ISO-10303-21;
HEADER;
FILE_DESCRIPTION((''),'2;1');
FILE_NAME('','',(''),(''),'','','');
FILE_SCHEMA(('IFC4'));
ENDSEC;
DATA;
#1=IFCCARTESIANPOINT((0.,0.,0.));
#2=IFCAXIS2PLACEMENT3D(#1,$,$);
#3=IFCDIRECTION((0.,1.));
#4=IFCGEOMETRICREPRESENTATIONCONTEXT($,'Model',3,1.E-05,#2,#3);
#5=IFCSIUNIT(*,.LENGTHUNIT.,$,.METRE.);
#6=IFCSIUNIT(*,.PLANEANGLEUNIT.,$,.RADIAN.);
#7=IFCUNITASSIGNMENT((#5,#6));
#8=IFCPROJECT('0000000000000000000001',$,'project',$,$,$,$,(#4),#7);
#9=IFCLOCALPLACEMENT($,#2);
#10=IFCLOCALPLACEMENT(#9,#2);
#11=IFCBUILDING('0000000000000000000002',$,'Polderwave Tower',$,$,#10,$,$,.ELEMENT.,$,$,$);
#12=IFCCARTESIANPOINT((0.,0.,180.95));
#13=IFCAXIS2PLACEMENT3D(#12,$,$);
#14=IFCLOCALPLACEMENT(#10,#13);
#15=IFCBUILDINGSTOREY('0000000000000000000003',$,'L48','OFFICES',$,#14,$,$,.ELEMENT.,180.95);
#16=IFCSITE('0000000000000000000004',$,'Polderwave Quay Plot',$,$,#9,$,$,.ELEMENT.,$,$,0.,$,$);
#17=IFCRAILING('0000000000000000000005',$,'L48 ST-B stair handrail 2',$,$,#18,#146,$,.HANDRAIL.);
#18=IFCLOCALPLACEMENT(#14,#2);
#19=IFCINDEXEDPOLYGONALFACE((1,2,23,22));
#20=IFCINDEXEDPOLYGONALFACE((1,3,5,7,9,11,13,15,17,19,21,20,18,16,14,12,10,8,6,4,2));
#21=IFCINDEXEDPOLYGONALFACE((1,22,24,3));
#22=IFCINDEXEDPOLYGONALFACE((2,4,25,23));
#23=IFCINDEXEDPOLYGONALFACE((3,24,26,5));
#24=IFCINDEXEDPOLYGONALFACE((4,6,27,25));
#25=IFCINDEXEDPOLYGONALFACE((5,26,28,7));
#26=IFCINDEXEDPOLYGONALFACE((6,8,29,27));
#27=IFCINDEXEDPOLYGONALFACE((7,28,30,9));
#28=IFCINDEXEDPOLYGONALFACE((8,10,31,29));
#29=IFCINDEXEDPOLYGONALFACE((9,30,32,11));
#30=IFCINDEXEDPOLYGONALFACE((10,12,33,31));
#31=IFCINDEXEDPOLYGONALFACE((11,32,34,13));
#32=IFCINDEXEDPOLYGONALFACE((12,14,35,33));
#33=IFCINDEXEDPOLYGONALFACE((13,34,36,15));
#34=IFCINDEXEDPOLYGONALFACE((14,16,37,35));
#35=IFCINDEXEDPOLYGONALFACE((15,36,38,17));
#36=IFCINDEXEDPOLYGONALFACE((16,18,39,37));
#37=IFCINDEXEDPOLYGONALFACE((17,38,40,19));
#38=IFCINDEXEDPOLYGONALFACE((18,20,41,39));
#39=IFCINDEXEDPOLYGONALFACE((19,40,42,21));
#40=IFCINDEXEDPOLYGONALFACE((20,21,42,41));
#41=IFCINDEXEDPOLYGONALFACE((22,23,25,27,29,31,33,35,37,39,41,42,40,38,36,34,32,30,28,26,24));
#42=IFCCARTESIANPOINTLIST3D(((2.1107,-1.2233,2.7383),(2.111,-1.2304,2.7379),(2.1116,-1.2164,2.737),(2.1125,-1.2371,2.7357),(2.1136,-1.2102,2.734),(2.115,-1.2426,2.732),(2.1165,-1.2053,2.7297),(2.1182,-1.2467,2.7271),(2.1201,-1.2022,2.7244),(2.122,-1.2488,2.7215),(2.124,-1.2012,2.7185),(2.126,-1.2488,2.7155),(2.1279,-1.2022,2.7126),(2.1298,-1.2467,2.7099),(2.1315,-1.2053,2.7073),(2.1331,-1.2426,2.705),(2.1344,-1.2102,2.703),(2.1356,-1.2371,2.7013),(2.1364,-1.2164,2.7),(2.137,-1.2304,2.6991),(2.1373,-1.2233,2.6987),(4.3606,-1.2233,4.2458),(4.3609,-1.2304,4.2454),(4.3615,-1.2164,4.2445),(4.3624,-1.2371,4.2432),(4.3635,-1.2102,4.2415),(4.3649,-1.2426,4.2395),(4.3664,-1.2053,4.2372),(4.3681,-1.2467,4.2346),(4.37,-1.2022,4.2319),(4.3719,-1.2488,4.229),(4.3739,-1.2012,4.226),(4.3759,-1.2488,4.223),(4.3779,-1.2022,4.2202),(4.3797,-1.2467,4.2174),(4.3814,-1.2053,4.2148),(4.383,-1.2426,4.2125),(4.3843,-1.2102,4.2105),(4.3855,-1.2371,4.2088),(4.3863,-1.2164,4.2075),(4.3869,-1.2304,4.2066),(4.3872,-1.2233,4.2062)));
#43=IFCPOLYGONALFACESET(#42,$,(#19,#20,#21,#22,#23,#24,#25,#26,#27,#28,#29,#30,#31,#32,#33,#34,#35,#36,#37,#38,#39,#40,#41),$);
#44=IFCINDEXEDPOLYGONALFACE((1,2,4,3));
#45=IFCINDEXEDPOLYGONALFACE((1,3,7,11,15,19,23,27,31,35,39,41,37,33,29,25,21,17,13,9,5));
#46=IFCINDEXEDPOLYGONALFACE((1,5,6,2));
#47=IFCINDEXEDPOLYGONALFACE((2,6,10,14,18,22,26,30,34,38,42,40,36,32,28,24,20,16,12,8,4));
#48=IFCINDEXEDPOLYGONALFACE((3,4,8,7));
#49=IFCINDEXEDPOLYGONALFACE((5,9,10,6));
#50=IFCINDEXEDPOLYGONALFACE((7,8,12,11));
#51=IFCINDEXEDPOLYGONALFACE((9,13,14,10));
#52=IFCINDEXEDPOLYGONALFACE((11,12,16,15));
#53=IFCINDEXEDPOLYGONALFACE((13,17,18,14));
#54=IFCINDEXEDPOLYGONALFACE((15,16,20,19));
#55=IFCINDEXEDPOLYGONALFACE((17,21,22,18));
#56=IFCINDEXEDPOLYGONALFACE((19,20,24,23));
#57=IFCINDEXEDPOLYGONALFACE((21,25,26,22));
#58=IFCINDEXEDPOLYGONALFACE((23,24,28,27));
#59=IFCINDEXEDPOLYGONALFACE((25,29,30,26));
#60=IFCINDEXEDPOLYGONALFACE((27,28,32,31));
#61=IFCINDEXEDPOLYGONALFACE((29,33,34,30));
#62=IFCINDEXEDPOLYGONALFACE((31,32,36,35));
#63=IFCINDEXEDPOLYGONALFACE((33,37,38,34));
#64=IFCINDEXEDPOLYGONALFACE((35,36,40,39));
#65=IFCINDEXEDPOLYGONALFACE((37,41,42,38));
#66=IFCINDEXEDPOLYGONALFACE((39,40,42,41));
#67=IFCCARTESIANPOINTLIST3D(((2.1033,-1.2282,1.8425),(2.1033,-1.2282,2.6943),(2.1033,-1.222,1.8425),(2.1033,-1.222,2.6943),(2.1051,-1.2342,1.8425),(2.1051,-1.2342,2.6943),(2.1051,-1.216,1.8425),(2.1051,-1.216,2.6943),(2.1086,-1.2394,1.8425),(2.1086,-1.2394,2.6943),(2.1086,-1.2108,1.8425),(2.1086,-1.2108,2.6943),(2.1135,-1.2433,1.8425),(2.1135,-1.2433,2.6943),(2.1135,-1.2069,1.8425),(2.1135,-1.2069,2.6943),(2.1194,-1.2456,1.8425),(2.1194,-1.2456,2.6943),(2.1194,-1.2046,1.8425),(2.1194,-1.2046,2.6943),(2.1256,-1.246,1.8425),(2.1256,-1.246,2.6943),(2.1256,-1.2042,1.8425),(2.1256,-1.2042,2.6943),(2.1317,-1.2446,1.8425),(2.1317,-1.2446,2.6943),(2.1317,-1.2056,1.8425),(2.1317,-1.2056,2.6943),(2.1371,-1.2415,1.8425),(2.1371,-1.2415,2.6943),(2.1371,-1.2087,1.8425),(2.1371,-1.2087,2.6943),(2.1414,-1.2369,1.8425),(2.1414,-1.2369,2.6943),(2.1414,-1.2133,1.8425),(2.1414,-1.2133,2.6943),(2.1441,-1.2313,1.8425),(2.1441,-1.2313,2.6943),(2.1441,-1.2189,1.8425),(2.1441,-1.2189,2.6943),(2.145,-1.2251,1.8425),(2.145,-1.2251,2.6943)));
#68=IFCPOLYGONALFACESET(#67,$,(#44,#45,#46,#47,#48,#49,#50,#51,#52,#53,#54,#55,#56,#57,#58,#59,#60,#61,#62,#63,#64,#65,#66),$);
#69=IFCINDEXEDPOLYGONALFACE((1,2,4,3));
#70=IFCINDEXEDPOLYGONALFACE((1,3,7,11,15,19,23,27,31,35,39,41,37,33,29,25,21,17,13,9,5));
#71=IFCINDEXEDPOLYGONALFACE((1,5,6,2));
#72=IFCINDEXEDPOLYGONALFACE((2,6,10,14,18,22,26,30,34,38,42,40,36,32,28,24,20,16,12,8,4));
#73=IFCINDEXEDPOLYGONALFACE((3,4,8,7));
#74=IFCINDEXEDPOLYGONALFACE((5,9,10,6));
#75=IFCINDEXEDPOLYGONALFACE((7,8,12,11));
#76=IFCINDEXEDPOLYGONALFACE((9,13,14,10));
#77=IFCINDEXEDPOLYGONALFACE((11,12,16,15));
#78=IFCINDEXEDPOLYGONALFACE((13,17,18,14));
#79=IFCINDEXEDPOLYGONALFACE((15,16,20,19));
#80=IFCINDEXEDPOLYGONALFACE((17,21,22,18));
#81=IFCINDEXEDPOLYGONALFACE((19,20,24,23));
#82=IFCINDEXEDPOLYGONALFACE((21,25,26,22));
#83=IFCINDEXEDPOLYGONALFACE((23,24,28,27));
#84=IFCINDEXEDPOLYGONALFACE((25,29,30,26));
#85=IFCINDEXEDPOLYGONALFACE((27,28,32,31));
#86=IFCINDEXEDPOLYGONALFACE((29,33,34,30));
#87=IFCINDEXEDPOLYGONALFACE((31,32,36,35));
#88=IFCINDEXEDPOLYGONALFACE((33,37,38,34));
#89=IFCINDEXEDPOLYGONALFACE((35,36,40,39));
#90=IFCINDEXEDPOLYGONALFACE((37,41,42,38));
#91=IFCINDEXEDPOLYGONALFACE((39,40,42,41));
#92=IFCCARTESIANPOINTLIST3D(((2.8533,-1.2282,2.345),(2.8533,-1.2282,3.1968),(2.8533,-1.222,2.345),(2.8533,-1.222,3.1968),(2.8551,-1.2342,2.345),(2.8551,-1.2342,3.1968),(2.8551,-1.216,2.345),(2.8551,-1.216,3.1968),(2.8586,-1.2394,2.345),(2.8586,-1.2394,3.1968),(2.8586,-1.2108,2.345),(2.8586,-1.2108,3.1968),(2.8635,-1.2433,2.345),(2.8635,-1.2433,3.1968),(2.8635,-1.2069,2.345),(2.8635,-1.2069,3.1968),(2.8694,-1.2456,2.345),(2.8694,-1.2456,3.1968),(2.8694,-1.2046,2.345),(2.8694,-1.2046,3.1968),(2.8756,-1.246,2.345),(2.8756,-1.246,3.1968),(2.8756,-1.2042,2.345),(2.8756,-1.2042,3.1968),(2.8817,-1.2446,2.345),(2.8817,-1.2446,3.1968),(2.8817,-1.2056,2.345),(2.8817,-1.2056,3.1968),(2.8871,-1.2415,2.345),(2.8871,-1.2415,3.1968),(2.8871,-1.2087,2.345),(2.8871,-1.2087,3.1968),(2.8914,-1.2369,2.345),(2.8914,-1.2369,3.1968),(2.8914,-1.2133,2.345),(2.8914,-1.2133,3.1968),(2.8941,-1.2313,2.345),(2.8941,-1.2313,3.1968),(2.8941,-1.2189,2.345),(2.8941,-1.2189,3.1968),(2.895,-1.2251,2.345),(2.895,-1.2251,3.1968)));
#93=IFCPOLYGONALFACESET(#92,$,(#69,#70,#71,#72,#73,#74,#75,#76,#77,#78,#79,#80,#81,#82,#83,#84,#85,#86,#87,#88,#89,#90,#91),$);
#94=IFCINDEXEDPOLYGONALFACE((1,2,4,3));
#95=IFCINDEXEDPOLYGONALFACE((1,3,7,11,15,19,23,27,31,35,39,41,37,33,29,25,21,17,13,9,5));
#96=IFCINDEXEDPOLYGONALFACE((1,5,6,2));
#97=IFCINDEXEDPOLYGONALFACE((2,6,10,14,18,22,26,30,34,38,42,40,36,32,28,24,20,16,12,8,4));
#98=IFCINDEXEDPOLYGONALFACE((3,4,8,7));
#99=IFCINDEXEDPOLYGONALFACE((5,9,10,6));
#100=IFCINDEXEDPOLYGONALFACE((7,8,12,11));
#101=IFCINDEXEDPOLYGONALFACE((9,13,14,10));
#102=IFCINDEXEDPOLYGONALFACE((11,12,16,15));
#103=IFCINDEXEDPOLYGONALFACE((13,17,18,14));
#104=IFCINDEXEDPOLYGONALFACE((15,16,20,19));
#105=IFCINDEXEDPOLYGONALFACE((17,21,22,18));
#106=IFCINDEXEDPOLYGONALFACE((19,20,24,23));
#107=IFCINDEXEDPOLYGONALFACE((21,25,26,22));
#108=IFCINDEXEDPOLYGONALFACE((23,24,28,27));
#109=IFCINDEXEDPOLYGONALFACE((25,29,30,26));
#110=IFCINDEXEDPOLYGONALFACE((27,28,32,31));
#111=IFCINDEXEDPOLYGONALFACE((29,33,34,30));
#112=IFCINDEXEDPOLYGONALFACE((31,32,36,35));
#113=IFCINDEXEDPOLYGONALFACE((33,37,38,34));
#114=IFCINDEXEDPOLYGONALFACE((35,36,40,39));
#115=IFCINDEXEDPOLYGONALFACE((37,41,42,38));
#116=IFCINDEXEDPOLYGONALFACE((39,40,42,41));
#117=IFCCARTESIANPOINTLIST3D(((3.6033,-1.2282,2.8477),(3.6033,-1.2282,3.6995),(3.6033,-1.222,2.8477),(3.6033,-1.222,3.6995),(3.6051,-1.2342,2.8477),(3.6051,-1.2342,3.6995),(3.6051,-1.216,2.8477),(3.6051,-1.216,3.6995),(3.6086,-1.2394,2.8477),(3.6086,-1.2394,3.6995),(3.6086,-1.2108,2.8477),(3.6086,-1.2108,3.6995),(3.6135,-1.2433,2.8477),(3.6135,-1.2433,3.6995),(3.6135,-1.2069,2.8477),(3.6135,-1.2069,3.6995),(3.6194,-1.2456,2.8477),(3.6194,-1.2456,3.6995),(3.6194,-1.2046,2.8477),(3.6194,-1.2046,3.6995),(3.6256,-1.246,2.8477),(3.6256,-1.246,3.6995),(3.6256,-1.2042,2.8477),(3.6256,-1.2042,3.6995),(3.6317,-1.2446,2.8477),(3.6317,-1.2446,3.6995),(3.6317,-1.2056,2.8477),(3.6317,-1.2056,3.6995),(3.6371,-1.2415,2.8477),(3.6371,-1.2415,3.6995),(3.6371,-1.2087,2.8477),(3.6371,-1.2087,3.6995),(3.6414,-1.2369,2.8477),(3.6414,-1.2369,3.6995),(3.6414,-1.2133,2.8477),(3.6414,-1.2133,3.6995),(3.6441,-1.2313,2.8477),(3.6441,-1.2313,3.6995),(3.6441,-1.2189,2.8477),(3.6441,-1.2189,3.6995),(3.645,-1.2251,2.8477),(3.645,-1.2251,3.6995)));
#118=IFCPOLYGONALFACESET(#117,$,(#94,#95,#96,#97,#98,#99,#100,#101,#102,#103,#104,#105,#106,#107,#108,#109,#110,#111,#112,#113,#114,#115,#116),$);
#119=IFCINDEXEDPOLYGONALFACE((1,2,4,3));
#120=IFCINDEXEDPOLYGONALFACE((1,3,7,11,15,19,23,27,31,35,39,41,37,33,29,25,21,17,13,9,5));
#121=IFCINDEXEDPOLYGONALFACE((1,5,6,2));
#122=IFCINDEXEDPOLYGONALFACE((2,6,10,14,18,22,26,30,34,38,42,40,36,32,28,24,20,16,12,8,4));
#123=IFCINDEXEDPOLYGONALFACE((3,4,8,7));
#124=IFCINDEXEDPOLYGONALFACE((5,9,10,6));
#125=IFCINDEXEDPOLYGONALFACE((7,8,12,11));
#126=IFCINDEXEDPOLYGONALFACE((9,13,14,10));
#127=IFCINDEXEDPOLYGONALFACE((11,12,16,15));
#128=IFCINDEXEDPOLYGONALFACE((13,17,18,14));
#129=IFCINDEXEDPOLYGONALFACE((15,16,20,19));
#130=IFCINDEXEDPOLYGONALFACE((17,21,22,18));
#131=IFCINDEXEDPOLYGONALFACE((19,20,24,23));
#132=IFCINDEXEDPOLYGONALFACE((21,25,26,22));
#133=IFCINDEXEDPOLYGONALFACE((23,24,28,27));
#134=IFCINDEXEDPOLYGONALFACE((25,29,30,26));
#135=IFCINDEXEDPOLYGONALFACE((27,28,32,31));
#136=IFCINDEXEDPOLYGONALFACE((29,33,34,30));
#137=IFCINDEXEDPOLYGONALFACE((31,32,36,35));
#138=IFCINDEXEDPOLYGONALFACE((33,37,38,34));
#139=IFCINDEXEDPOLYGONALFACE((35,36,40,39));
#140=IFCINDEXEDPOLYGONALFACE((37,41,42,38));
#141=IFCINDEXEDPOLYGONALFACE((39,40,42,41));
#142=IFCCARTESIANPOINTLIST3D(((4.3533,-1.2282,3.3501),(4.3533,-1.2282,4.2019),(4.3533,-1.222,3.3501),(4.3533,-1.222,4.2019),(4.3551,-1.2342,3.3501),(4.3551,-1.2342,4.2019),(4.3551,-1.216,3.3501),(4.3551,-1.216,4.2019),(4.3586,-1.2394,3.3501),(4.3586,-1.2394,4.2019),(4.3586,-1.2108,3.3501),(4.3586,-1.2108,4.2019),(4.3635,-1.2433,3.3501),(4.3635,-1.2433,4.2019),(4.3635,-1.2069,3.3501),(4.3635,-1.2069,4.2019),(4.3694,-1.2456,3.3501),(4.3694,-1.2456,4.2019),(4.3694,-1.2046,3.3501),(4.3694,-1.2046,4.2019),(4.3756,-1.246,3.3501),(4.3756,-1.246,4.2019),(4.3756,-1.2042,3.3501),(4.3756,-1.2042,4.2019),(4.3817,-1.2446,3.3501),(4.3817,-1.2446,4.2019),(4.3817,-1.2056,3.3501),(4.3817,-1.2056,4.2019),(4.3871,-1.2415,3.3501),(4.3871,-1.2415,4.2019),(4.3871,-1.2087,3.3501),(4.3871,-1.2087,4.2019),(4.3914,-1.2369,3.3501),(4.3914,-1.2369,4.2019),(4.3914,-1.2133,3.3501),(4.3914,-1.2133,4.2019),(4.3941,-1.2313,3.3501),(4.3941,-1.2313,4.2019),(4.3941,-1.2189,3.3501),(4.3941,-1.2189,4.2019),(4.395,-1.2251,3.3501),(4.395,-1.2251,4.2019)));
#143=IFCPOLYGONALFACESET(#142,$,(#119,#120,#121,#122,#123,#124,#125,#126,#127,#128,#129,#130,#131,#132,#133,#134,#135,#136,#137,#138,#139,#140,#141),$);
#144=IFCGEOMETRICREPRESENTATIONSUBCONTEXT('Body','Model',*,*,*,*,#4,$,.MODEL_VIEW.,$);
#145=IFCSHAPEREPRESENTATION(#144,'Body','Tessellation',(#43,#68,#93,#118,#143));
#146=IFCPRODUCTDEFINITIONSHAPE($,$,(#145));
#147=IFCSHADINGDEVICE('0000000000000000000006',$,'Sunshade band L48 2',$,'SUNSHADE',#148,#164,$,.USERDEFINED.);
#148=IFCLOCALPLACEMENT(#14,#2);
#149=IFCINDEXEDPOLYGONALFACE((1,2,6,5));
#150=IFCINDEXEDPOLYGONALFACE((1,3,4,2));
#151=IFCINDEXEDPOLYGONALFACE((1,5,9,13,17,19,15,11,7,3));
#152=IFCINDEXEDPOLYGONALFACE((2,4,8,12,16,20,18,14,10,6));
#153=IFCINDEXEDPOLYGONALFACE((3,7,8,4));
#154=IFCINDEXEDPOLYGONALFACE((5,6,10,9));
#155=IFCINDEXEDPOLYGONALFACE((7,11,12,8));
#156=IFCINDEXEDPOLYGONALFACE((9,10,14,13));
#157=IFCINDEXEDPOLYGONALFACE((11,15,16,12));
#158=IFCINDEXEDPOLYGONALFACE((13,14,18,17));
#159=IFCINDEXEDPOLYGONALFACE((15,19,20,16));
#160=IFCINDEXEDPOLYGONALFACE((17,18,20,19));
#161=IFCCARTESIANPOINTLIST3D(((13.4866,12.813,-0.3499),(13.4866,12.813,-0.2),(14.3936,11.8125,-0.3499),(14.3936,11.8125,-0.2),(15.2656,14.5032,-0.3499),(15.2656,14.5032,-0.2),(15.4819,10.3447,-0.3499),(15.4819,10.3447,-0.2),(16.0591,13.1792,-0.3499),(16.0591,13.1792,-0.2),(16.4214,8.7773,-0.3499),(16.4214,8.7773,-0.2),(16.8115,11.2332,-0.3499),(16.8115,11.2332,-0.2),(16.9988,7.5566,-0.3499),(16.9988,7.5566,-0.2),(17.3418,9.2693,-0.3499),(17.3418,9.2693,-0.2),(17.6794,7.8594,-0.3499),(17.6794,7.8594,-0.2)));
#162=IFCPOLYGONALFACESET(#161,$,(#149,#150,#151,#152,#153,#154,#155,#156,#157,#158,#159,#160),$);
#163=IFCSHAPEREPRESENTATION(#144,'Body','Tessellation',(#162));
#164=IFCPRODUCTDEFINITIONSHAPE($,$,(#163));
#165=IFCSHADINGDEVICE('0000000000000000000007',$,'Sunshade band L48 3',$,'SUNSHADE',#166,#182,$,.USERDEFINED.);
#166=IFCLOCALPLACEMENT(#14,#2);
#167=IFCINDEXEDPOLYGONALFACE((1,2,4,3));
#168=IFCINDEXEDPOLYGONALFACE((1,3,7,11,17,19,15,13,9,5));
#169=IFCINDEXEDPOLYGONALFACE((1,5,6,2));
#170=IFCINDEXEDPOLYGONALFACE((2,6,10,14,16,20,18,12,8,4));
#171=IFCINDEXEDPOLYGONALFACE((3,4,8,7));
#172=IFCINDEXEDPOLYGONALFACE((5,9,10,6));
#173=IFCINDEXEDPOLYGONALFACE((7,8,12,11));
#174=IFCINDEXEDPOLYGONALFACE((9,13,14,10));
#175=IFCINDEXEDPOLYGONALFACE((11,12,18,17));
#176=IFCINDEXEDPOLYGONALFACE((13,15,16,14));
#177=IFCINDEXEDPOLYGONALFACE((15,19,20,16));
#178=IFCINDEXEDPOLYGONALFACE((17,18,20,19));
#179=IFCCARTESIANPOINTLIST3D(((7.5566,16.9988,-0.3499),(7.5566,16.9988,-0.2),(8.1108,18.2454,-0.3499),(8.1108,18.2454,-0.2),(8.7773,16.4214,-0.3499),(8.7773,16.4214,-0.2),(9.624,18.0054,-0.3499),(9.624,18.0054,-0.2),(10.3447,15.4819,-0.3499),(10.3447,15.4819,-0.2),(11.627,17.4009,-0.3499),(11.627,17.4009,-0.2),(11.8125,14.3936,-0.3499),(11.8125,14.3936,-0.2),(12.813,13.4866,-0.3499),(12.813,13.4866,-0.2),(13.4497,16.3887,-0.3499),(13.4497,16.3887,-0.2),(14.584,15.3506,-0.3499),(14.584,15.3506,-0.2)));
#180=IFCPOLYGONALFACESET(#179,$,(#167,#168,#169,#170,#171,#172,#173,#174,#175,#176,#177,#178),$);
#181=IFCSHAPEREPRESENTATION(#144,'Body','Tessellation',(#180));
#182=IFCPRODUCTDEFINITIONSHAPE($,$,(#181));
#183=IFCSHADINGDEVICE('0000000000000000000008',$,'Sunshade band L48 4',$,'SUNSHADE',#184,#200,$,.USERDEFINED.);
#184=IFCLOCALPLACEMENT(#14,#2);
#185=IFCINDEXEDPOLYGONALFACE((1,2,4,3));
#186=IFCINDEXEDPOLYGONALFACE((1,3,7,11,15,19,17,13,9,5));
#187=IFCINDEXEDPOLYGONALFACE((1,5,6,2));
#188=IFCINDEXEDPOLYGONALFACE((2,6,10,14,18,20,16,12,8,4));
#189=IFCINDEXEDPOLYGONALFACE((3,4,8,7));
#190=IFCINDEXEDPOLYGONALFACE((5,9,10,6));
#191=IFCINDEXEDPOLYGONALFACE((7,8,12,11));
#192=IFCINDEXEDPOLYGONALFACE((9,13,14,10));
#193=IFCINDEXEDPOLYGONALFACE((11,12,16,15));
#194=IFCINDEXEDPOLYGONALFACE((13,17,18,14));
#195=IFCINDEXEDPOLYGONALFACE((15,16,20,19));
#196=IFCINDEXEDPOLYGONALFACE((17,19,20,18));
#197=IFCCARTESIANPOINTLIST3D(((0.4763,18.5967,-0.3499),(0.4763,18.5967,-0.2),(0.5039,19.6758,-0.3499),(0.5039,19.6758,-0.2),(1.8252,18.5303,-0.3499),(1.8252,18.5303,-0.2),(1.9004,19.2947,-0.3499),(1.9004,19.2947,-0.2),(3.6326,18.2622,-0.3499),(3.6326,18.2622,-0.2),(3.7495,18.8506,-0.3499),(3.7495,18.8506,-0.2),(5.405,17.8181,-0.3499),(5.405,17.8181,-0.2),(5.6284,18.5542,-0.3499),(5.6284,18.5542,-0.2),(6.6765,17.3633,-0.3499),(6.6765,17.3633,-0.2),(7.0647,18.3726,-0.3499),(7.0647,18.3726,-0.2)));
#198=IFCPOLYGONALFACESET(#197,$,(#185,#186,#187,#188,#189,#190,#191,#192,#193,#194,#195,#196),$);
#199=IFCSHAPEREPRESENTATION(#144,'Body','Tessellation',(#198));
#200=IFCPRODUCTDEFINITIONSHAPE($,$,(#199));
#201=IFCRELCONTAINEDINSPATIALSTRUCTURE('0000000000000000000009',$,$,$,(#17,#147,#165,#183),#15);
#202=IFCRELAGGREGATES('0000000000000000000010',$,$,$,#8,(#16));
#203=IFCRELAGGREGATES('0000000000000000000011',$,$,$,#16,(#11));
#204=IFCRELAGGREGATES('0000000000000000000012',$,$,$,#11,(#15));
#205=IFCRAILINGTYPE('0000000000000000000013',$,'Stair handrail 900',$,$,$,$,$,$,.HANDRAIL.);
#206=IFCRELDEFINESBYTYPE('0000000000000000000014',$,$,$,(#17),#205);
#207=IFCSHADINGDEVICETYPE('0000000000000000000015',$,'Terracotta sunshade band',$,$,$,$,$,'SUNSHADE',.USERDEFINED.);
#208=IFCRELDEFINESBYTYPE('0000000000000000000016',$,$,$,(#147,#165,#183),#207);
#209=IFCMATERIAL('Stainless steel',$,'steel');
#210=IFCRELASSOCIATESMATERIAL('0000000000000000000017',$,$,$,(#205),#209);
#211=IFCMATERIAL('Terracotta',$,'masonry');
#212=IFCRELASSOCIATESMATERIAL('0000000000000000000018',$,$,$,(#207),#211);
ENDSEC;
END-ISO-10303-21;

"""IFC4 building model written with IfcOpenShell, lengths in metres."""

from ifc_helpers import new_model, si_unit, direction, frame, origin, origin_2d, place, context, subcontext, project, spatial, polyline, circle, outline, extrude, material, type_object, element, save


model = new_model("IFC4")

# Units and contexts
model_context = context("Model", 3, precision=1e-05, world=origin(), true_north=direction((0.0, 1.0)))
body_context = subcontext(model_context, "Body", "Model", "MODEL_VIEW")
ifc_project = project(units=[si_unit("LENGTHUNIT", "METRE"), si_unit("PLANEANGLEUNIT", "RADIAN")], contexts=[model_context])

# Site, building, storey
site_placement = place(None, origin())
site = spatial("IfcSite", under=ifc_project, at=site_placement, Name="Polderwave Quay Plot", CompositionType="ELEMENT", RefElevation=0.0)
building_placement = place(site_placement, origin())
building = spatial("IfcBuilding", under=site, at=building_placement, Name="Polderwave Tower", CompositionType="ELEMENT")
storey_placement = place(building_placement, frame((0.0, 0.0, 180.95)))
storey = spatial("IfcBuildingStorey", under=building, at=storey_placement, Name="L48", Description="OFFICES", CompositionType="ELEMENT", Elevation=180.95)

# Railing
ifc_material_1 = material(Name="Stainless steel", Category="steel")
railing_type_1 = type_object("IfcRailingType", Name="Stair handrail 900", PredefinedType="HANDRAIL", material=ifc_material_1)
railing_1_placement = place(storey_placement, frame((2.124, -1.2251, 1.8425)))
element("IfcRailing", 1, at=railing_1_placement, inside=storey, type_object=railing_type_1, Name="L48 ST-B stair handrail 2", PredefinedType="HANDRAIL", context=body_context, shape_type="SweptSolid", body=[
    extrude(circle(Radius=0.0239, at=origin_2d()), frame((0.0, 0.0, 0.876), z_axis=(0.830758, 0.0, 0.556633), x_axis=(0.0, 1.0, 0.0)), (0.0, 0.0, 1.0), 2.7083),
    extrude(circle(Radius=0.021, at=origin_2d()), origin(), (0.0, 0.0, 1.0), 0.8518),
    extrude(circle(Radius=0.021, at=origin_2d()), frame((0.75, 0.0, 0.5024)), (0.0, 0.0, 1.0), 0.8518),
    extrude(circle(Radius=0.021, at=origin_2d()), frame((1.5, 0.0, 1.0051)), (0.0, 0.0, 1.0), 0.8518),
    extrude(circle(Radius=0.021, at=origin_2d()), frame((2.25, 0.0, 1.5076)), (0.0, 0.0, 1.0), 0.8518),
])

# Shading devices
ifc_material_2 = material(Name="Terracotta", Category="masonry")
shading_device_type = type_object("IfcShadingDeviceType", Name="Terracotta sunshade band", ElementType="SUNSHADE", PredefinedType="USERDEFINED", material=ifc_material_2)
shading_device_1_placement = place(storey_placement, frame((0.0, 0.0, -0.3499)))
element("IfcShadingDevice", 2, at=shading_device_1_placement, inside=storey, type_object=shading_device_type, Name="Sunshade band L48 2", ObjectType="SUNSHADE", PredefinedType="USERDEFINED", context=body_context, shape_type="SweptSolid", body=[
    extrude(outline(polyline([(16.9988, 7.5566), (16.4214, 8.7773), (15.4819, 10.3447), (14.3936, 11.8125), (13.4866, 12.813), (15.2656, 14.5032), (16.0591, 13.1792), (16.8115, 11.2332), (17.3418, 9.2693), (17.6794, 7.8594), (16.9988, 7.5566)])), origin(), (0.0, 0.0, 1.0), 0.1499),
])
shading_device_2_placement = place(storey_placement, frame((0.0, 0.0, -0.3499)))
element("IfcShadingDevice", 3, at=shading_device_2_placement, inside=storey, type_object=shading_device_type, Name="Sunshade band L48 3", ObjectType="SUNSHADE", PredefinedType="USERDEFINED", context=body_context, shape_type="SweptSolid", body=[
    extrude(outline(polyline([(12.813, 13.4866), (11.8125, 14.3936), (10.3447, 15.4819), (8.7773, 16.4214), (7.5566, 16.9988), (8.1108, 18.2454), (9.624, 18.0054), (11.627, 17.4009), (13.4497, 16.3887), (14.584, 15.3506), (12.813, 13.4866)])), origin(), (0.0, 0.0, 1.0), 0.1499),
])
shading_device_3_placement = place(storey_placement, frame((0.0, 0.0, -0.3499)))
element("IfcShadingDevice", 4, at=shading_device_3_placement, inside=storey, type_object=shading_device_type, Name="Sunshade band L48 4", ObjectType="SUNSHADE", PredefinedType="USERDEFINED", context=body_context, shape_type="SweptSolid", body=[
    extrude(outline(polyline([(6.6765, 17.3633), (5.405, 17.8181), (3.6326, 18.2622), (1.8252, 18.5303), (0.4763, 18.5967), (0.5039, 19.6758), (1.9004, 19.2947), (3.7495, 18.8506), (5.6284, 18.5542), (7.0647, 18.3726), (6.6765, 17.3633)])), origin(), (0.0, 0.0, 1.0), 0.1499),
])

save(model, "model.ifc")
